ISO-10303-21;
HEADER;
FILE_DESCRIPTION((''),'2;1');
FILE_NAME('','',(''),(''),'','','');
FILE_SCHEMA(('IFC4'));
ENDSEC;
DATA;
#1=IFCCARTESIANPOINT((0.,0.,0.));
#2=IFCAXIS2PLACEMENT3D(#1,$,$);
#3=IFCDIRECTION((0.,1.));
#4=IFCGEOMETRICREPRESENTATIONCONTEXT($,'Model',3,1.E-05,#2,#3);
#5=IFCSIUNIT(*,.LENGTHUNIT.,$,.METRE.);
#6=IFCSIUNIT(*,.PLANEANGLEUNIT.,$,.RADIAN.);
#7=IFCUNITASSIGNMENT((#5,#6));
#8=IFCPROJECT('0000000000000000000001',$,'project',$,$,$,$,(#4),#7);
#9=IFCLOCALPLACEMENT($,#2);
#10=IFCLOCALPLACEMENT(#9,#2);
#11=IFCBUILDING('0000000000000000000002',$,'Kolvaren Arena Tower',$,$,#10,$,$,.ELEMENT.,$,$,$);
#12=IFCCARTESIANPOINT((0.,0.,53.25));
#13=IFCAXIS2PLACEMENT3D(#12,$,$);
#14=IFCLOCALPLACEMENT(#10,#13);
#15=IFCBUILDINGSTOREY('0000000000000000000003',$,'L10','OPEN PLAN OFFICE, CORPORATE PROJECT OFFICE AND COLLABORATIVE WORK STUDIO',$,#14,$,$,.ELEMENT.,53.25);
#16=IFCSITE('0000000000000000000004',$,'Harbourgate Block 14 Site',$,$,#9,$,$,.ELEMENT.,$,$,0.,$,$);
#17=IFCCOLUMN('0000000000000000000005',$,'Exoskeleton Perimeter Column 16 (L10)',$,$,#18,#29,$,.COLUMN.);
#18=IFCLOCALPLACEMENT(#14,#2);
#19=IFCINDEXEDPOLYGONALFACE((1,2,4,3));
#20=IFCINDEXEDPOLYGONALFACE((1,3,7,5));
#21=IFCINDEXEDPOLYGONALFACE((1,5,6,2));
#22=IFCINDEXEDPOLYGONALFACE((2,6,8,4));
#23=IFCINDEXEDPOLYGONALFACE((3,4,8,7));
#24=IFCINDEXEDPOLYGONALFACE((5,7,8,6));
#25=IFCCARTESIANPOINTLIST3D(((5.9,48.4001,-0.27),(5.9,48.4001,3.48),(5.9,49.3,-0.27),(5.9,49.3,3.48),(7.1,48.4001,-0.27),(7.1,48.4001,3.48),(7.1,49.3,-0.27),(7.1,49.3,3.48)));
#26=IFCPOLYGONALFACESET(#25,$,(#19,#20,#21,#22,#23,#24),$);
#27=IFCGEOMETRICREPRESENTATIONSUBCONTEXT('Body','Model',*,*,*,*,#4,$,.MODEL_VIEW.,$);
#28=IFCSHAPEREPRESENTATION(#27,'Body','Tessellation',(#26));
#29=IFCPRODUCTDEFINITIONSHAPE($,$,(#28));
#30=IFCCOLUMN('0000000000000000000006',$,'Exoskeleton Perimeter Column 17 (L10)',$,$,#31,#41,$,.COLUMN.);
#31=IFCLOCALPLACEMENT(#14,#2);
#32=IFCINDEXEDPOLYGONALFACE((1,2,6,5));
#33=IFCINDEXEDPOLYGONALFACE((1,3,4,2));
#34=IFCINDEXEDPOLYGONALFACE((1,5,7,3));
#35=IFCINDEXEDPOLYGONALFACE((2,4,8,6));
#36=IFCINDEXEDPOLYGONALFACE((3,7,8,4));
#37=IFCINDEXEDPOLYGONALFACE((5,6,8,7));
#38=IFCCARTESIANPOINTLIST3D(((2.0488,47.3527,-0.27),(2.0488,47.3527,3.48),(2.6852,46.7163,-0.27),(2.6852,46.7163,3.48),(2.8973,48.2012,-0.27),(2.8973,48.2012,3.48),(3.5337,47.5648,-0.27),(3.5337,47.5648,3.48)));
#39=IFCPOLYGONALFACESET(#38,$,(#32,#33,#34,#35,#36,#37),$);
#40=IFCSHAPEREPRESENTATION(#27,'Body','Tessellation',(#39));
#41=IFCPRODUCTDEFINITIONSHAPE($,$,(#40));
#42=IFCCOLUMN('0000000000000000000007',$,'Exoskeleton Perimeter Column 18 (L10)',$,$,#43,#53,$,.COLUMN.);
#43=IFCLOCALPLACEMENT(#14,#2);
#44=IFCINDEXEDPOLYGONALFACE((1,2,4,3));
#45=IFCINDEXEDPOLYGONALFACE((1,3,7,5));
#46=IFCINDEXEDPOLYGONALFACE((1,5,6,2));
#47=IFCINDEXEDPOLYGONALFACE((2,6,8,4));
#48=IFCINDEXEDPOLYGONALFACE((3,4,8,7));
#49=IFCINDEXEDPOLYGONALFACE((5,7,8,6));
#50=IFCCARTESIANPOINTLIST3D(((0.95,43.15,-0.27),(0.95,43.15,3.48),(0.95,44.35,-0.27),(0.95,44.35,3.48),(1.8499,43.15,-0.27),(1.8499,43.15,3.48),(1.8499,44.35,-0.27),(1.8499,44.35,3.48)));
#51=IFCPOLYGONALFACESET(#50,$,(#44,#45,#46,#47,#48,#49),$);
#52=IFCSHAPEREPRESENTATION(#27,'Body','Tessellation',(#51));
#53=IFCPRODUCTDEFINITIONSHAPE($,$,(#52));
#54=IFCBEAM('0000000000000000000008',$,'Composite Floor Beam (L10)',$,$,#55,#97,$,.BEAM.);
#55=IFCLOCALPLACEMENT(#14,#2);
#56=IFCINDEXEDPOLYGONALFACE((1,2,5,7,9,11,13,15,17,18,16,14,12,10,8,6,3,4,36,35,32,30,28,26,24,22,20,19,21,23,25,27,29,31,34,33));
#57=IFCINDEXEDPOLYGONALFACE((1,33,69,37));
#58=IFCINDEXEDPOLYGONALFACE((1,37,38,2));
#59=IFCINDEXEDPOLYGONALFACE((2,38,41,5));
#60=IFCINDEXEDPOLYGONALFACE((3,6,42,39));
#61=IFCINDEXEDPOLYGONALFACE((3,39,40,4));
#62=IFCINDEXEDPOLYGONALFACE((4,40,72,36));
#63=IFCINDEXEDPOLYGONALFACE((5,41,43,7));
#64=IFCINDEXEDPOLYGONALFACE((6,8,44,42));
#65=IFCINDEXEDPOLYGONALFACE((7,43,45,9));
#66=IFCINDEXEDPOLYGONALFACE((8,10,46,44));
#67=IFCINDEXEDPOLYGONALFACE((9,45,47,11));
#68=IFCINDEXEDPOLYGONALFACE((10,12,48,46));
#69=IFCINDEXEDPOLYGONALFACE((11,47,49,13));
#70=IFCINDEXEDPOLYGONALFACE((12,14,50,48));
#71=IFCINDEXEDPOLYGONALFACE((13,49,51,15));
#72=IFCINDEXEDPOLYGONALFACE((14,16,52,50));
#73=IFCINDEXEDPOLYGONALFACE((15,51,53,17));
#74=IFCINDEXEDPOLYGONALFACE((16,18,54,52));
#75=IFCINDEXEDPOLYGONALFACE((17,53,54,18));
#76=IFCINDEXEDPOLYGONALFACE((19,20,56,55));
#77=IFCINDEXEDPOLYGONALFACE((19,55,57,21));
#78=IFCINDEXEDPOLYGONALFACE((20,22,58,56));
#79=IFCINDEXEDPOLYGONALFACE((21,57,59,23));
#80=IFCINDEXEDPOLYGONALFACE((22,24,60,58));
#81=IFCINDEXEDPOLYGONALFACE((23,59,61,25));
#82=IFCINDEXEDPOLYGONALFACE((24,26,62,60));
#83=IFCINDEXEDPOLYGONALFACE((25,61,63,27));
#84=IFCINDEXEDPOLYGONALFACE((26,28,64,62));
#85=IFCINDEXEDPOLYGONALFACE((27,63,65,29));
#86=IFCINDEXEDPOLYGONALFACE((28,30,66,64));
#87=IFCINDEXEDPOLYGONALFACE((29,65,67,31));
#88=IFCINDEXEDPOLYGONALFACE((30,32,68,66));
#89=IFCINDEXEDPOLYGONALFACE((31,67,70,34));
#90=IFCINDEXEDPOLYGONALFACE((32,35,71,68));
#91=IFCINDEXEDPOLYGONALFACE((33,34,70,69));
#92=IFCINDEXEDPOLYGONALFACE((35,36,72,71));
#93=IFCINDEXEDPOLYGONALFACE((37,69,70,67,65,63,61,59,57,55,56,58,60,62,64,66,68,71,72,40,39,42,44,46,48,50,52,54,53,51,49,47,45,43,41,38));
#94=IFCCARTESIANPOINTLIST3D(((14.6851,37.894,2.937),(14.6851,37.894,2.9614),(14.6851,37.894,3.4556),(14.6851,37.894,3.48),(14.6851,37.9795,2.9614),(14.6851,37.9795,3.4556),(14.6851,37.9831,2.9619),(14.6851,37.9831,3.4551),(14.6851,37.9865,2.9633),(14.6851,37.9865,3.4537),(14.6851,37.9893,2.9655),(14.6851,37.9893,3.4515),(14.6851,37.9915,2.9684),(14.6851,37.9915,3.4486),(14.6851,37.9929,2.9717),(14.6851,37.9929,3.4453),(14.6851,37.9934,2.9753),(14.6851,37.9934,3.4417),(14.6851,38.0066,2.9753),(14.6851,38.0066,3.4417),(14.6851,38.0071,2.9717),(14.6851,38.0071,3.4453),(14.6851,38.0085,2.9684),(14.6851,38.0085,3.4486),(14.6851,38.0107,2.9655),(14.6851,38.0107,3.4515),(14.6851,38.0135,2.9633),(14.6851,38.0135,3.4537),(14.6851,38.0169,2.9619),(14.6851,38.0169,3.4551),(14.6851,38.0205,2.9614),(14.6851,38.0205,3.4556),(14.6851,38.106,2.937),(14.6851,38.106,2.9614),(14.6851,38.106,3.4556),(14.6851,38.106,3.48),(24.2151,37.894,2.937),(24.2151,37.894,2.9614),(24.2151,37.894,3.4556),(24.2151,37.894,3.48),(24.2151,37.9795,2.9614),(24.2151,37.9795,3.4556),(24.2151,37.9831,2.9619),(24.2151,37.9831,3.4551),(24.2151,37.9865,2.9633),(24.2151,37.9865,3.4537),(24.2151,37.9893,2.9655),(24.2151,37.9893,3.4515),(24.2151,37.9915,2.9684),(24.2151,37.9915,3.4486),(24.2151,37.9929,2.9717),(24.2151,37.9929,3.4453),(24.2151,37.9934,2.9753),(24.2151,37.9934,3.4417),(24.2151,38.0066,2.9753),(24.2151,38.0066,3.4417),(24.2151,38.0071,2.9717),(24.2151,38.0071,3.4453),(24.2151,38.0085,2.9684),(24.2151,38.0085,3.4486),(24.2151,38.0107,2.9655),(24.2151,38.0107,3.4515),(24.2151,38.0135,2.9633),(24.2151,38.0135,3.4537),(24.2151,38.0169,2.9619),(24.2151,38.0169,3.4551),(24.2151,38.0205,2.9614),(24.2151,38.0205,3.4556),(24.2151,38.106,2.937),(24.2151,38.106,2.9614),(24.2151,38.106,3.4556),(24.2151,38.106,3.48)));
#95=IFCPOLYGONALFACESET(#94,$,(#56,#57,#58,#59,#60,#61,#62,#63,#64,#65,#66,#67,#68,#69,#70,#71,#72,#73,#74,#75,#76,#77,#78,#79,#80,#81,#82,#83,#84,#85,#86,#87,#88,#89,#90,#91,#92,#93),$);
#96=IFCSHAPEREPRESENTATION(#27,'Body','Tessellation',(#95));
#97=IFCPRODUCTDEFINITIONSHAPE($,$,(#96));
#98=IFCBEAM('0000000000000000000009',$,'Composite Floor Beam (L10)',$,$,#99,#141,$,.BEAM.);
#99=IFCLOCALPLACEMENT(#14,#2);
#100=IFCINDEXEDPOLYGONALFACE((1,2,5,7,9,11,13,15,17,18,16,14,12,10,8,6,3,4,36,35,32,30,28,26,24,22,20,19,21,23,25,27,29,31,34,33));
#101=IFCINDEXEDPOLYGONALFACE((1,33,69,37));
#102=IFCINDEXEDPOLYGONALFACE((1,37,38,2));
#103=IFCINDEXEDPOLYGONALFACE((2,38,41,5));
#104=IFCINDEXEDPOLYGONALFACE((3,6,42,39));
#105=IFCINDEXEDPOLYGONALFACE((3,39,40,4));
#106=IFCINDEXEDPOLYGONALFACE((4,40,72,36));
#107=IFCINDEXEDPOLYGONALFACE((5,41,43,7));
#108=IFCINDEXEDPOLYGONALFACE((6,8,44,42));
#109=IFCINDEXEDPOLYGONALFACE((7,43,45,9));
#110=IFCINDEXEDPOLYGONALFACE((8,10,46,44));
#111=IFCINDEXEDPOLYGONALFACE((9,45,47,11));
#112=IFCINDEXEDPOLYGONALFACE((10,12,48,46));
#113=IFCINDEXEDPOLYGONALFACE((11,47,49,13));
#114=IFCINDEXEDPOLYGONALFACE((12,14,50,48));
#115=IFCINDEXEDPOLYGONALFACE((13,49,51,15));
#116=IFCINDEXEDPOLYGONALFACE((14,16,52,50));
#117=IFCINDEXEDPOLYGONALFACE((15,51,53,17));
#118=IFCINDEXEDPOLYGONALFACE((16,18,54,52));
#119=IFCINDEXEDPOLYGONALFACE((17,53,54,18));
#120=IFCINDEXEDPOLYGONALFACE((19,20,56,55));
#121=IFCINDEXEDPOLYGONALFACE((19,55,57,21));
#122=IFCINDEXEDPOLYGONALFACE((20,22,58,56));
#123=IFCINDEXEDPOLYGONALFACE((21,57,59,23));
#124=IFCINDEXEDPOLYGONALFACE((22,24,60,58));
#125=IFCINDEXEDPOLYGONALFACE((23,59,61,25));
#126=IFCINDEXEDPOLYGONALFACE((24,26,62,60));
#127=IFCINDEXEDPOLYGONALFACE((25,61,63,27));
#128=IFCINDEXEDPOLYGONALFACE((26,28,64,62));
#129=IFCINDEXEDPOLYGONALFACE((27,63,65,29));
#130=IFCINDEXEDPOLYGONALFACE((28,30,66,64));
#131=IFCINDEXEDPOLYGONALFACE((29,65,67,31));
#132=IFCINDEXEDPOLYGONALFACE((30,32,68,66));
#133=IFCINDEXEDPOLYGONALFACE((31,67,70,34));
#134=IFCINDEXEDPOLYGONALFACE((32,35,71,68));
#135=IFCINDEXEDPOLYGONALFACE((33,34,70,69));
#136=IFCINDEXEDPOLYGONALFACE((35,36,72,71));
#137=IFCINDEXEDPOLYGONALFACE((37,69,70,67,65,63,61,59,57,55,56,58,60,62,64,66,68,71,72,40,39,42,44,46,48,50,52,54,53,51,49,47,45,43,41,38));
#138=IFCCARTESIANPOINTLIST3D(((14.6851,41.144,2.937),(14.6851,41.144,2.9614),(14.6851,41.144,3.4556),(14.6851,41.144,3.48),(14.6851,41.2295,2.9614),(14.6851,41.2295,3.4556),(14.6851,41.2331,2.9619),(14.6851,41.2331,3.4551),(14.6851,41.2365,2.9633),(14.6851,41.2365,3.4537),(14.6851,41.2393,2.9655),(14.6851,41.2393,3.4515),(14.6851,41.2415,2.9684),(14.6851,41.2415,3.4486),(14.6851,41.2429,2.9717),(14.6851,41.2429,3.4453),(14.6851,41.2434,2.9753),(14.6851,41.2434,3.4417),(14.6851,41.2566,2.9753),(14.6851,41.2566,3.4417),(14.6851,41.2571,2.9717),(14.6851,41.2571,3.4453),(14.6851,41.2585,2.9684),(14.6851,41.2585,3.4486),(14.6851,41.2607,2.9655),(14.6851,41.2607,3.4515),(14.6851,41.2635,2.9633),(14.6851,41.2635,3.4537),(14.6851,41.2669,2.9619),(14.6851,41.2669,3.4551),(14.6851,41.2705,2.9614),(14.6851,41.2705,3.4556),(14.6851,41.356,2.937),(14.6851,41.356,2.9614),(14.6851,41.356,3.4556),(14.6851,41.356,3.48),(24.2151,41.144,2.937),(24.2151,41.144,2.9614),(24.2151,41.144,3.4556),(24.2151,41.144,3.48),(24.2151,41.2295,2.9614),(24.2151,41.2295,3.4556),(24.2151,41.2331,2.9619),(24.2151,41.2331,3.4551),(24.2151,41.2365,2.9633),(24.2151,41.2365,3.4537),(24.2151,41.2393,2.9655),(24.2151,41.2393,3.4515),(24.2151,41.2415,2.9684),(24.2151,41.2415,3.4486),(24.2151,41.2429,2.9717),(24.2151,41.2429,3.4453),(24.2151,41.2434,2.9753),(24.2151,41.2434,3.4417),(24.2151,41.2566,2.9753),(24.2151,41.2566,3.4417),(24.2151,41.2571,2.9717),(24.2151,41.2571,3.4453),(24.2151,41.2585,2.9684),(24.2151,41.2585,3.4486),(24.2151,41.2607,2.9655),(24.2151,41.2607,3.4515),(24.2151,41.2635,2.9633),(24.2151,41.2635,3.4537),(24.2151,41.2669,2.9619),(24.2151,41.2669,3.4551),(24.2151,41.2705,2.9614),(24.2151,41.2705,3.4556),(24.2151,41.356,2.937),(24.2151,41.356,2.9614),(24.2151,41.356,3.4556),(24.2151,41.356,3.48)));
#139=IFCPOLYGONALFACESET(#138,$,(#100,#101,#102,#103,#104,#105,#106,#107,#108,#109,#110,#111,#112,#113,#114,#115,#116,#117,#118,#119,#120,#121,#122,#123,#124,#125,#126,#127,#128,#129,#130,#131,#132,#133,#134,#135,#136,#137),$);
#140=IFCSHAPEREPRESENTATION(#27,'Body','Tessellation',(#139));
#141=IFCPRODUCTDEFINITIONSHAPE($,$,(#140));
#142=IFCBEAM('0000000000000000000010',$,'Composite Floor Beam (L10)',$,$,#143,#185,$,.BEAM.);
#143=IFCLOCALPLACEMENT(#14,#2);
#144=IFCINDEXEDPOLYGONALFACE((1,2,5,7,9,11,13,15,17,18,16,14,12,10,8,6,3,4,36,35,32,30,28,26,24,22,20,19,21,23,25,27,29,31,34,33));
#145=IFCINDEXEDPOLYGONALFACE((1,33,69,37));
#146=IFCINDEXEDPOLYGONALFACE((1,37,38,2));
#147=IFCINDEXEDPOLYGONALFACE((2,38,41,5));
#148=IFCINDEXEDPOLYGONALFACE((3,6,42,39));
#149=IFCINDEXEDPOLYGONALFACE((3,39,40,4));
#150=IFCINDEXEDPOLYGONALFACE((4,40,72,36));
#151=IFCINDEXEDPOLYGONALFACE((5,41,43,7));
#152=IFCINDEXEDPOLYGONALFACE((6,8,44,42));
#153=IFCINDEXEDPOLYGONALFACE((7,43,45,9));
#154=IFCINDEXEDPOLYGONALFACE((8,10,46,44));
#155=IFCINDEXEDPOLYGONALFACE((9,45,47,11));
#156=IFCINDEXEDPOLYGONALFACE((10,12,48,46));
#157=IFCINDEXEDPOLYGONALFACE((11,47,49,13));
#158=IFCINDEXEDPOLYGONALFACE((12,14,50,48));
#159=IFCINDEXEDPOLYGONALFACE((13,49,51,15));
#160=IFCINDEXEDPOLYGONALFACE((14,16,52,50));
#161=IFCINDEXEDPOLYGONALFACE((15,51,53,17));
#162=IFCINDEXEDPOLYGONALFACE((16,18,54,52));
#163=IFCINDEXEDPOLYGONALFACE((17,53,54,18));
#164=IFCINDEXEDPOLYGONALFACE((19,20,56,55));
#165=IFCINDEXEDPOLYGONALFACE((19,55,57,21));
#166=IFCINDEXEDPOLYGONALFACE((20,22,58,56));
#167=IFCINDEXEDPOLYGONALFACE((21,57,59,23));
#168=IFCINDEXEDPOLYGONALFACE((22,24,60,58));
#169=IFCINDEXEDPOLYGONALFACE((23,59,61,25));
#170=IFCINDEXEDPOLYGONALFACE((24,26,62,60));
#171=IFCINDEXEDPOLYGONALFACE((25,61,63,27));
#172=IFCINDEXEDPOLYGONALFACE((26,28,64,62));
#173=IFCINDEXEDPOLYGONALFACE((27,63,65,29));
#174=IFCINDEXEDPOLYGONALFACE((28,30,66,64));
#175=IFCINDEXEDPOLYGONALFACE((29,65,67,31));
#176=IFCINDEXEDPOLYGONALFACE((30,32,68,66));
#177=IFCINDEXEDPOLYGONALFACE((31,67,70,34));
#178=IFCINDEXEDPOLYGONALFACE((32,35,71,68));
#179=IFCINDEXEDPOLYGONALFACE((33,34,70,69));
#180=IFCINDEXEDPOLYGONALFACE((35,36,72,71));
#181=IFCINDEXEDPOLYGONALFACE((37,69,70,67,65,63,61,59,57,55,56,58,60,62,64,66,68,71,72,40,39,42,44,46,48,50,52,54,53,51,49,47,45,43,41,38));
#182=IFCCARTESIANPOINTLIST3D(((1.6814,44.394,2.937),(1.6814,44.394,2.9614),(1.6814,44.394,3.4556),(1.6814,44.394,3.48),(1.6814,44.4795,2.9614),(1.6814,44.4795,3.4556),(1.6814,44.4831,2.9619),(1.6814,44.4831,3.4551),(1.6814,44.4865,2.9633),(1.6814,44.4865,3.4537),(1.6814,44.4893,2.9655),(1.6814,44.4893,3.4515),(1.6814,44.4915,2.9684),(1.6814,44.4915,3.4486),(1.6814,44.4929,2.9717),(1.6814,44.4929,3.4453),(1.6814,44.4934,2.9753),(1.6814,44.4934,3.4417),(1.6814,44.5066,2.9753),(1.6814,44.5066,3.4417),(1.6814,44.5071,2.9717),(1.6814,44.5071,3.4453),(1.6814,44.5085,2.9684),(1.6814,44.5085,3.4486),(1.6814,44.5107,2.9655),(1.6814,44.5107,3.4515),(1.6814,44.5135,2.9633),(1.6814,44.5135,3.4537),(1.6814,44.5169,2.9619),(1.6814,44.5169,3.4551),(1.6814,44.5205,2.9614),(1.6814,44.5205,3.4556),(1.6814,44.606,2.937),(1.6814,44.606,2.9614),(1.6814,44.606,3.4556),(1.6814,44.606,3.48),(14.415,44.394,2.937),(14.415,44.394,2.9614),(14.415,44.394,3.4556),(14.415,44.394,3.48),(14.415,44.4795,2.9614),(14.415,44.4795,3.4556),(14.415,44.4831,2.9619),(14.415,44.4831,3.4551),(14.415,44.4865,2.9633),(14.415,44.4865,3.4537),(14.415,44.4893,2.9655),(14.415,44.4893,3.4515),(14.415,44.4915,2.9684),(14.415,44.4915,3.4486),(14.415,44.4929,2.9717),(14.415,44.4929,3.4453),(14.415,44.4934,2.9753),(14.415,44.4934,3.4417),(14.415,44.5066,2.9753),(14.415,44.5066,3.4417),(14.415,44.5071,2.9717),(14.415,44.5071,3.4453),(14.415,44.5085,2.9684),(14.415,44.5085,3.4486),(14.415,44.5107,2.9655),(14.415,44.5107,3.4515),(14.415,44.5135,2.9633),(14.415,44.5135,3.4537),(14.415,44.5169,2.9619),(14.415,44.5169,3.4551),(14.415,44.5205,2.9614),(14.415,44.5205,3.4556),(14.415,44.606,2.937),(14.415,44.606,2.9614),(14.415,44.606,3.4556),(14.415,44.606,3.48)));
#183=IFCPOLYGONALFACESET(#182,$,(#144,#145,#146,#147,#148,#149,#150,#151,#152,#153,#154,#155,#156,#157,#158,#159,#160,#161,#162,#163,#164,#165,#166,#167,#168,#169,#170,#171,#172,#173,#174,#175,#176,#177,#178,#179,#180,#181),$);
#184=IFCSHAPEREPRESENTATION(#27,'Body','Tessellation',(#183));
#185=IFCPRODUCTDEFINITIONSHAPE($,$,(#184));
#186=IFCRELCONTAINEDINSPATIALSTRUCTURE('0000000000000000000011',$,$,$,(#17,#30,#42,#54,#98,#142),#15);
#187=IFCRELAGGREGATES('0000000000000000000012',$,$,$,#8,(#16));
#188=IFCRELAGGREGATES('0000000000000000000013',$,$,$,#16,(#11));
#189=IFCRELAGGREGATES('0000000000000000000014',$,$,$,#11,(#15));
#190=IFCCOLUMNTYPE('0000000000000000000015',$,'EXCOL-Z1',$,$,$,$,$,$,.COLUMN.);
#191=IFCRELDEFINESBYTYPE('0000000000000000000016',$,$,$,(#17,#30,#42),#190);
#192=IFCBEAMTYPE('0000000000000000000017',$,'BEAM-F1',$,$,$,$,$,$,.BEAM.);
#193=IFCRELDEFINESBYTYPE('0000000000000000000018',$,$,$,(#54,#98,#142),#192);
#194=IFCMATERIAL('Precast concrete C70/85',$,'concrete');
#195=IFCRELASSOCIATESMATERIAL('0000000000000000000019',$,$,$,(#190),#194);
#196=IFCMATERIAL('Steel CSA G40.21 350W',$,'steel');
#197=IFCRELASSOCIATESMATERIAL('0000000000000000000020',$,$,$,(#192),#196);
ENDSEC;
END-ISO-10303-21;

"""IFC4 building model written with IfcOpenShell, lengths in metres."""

from ifc_helpers import new_model, si_unit, direction, frame, origin, origin_2d, place, context, subcontext, project, spatial, rectangle, i_section, extrude, material, material_profile, profile_set, type_object, element, save


model = new_model("IFC4")

# Units and contexts
model_context = context("Model", 3, precision=1e-05, world=origin(), true_north=direction((0.0, 1.0)))
body_context = subcontext(model_context, "Body", "Model", "MODEL_VIEW")
ifc_project = project(units=[si_unit("LENGTHUNIT", "METRE"), si_unit("PLANEANGLEUNIT", "RADIAN")], contexts=[model_context])

# Site, building, storey
site_placement = place(None, origin())
site = spatial("IfcSite", under=ifc_project, at=site_placement, Name="Harbourgate Block 14 Site", CompositionType="ELEMENT", RefElevation=0.0)
building_placement = place(site_placement, origin())
building = spatial("IfcBuilding", under=site, at=building_placement, Name="Kolvaren Arena Tower", CompositionType="ELEMENT")
storey_placement = place(building_placement, frame((0.0, 0.0, 53.25)))
storey = spatial("IfcBuildingStorey", under=building, at=storey_placement, Name="L10", Description="OPEN PLAN OFFICE, CORPORATE PROJECT OFFICE AND COLLABORATIVE WORK STUDIO", CompositionType="ELEMENT", Elevation=53.25)

# Columns
ifc_material_1 = material(Name="Precast concrete C70/85", Category="concrete")
ifc_material_profile_1 = material_profile(ifc_material_1, rectangle(XDim=1.2, YDim=0.8999, at=origin_2d()), Name="RC-1200x900")
ifc_profile_set_1 = profile_set([ifc_material_profile_1], Name="Precast concrete C70/85")
column_type = type_object("IfcColumnType", Name="EXCOL-Z1", PredefinedType="COLUMN", material=ifc_profile_set_1)
for number, where, z_axis, x_axis, name in (
    (1, (6.5, 48.8501, -0.27), (0.0, 0.0, 1.0), (1.0, 0.0, 0.0), "Exoskeleton Perimeter Column 16 (L10)"),
    (2, (2.7913, 47.4587, -0.27), (0.0, 0.0, 1.0), (0.707107, 0.707107, 0.0), "Exoskeleton Perimeter Column 17 (L10)"),
    (3, (1.3999, 43.75, -0.27), (0.0, 0.0, 1.0), (0.0, 1.0, 0.0), "Exoskeleton Perimeter Column 18 (L10)"),
):
    element("IfcColumn", number, at=place(storey_placement, frame(where, z_axis=z_axis, x_axis=x_axis)), inside=storey, type_object=column_type, Name=name, PredefinedType="COLUMN", context=body_context, shape_type="SweptSolid", body=[
        extrude(rectangle(XDim=1.2, YDim=0.8999, at=origin_2d()), origin(), (0.0, 0.0, 1.0), 3.75),
    ])

# Beams
ifc_material_2 = material(Name="Steel CSA G40.21 350W", Category="steel")
ifc_material_profile_2 = material_profile(ifc_material_2, i_section(OverallWidth=0.2119, OverallDepth=0.543, WebThickness=0.0132, FlangeThickness=0.0244, FilletRadius=0.0139, at=origin_2d()), Name="W530x150")
ifc_profile_set_2 = profile_set([ifc_material_profile_2], Name="Steel CSA G40.21 350W")
beam_type_1 = type_object("IfcBeamType", Name="BEAM-F1", PredefinedType="BEAM", material=ifc_profile_set_2)
for number, where, z_axis, x_axis, name in (
    (4, (14.6851, 38.0, 3.2085), (1.0, 0.0, 0.0), (0.0, 1.0, 0.0), "Composite Floor Beam (L10)"),
    (5, (14.6851, 41.25, 3.2085), (1.0, 0.0, 0.0), (0.0, 1.0, 0.0), "Composite Floor Beam (L10)"),
):
    element("IfcBeam", number, at=place(storey_placement, frame(where, z_axis=z_axis, x_axis=x_axis)), inside=storey, type_object=beam_type_1, Name=name, PredefinedType="BEAM", context=body_context, shape_type="SweptSolid", body=[
        extrude(i_section(OverallWidth=0.2119, OverallDepth=0.543, WebThickness=0.0132, FlangeThickness=0.0244, FilletRadius=0.0139, at=origin_2d()), origin(), (0.0, 0.0, 1.0), 9.53),
    ])
beam_1_placement = place(storey_placement, frame((1.6814, 44.5, 3.2085), z_axis=(1.0, 0.0, 0.0), x_axis=(0.0, 1.0, 0.0)))
element("IfcBeam", 6, at=beam_1_placement, inside=storey, type_object=beam_type_1, Name="Composite Floor Beam (L10)", PredefinedType="BEAM", context=body_context, shape_type="SweptSolid", body=[
    extrude(i_section(OverallWidth=0.2119, OverallDepth=0.543, WebThickness=0.0132, FlangeThickness=0.0244, FilletRadius=0.0139, at=origin_2d()), origin(), (0.0, 0.0, 1.0), 12.7336),
])

save(model, "model.ifc")
